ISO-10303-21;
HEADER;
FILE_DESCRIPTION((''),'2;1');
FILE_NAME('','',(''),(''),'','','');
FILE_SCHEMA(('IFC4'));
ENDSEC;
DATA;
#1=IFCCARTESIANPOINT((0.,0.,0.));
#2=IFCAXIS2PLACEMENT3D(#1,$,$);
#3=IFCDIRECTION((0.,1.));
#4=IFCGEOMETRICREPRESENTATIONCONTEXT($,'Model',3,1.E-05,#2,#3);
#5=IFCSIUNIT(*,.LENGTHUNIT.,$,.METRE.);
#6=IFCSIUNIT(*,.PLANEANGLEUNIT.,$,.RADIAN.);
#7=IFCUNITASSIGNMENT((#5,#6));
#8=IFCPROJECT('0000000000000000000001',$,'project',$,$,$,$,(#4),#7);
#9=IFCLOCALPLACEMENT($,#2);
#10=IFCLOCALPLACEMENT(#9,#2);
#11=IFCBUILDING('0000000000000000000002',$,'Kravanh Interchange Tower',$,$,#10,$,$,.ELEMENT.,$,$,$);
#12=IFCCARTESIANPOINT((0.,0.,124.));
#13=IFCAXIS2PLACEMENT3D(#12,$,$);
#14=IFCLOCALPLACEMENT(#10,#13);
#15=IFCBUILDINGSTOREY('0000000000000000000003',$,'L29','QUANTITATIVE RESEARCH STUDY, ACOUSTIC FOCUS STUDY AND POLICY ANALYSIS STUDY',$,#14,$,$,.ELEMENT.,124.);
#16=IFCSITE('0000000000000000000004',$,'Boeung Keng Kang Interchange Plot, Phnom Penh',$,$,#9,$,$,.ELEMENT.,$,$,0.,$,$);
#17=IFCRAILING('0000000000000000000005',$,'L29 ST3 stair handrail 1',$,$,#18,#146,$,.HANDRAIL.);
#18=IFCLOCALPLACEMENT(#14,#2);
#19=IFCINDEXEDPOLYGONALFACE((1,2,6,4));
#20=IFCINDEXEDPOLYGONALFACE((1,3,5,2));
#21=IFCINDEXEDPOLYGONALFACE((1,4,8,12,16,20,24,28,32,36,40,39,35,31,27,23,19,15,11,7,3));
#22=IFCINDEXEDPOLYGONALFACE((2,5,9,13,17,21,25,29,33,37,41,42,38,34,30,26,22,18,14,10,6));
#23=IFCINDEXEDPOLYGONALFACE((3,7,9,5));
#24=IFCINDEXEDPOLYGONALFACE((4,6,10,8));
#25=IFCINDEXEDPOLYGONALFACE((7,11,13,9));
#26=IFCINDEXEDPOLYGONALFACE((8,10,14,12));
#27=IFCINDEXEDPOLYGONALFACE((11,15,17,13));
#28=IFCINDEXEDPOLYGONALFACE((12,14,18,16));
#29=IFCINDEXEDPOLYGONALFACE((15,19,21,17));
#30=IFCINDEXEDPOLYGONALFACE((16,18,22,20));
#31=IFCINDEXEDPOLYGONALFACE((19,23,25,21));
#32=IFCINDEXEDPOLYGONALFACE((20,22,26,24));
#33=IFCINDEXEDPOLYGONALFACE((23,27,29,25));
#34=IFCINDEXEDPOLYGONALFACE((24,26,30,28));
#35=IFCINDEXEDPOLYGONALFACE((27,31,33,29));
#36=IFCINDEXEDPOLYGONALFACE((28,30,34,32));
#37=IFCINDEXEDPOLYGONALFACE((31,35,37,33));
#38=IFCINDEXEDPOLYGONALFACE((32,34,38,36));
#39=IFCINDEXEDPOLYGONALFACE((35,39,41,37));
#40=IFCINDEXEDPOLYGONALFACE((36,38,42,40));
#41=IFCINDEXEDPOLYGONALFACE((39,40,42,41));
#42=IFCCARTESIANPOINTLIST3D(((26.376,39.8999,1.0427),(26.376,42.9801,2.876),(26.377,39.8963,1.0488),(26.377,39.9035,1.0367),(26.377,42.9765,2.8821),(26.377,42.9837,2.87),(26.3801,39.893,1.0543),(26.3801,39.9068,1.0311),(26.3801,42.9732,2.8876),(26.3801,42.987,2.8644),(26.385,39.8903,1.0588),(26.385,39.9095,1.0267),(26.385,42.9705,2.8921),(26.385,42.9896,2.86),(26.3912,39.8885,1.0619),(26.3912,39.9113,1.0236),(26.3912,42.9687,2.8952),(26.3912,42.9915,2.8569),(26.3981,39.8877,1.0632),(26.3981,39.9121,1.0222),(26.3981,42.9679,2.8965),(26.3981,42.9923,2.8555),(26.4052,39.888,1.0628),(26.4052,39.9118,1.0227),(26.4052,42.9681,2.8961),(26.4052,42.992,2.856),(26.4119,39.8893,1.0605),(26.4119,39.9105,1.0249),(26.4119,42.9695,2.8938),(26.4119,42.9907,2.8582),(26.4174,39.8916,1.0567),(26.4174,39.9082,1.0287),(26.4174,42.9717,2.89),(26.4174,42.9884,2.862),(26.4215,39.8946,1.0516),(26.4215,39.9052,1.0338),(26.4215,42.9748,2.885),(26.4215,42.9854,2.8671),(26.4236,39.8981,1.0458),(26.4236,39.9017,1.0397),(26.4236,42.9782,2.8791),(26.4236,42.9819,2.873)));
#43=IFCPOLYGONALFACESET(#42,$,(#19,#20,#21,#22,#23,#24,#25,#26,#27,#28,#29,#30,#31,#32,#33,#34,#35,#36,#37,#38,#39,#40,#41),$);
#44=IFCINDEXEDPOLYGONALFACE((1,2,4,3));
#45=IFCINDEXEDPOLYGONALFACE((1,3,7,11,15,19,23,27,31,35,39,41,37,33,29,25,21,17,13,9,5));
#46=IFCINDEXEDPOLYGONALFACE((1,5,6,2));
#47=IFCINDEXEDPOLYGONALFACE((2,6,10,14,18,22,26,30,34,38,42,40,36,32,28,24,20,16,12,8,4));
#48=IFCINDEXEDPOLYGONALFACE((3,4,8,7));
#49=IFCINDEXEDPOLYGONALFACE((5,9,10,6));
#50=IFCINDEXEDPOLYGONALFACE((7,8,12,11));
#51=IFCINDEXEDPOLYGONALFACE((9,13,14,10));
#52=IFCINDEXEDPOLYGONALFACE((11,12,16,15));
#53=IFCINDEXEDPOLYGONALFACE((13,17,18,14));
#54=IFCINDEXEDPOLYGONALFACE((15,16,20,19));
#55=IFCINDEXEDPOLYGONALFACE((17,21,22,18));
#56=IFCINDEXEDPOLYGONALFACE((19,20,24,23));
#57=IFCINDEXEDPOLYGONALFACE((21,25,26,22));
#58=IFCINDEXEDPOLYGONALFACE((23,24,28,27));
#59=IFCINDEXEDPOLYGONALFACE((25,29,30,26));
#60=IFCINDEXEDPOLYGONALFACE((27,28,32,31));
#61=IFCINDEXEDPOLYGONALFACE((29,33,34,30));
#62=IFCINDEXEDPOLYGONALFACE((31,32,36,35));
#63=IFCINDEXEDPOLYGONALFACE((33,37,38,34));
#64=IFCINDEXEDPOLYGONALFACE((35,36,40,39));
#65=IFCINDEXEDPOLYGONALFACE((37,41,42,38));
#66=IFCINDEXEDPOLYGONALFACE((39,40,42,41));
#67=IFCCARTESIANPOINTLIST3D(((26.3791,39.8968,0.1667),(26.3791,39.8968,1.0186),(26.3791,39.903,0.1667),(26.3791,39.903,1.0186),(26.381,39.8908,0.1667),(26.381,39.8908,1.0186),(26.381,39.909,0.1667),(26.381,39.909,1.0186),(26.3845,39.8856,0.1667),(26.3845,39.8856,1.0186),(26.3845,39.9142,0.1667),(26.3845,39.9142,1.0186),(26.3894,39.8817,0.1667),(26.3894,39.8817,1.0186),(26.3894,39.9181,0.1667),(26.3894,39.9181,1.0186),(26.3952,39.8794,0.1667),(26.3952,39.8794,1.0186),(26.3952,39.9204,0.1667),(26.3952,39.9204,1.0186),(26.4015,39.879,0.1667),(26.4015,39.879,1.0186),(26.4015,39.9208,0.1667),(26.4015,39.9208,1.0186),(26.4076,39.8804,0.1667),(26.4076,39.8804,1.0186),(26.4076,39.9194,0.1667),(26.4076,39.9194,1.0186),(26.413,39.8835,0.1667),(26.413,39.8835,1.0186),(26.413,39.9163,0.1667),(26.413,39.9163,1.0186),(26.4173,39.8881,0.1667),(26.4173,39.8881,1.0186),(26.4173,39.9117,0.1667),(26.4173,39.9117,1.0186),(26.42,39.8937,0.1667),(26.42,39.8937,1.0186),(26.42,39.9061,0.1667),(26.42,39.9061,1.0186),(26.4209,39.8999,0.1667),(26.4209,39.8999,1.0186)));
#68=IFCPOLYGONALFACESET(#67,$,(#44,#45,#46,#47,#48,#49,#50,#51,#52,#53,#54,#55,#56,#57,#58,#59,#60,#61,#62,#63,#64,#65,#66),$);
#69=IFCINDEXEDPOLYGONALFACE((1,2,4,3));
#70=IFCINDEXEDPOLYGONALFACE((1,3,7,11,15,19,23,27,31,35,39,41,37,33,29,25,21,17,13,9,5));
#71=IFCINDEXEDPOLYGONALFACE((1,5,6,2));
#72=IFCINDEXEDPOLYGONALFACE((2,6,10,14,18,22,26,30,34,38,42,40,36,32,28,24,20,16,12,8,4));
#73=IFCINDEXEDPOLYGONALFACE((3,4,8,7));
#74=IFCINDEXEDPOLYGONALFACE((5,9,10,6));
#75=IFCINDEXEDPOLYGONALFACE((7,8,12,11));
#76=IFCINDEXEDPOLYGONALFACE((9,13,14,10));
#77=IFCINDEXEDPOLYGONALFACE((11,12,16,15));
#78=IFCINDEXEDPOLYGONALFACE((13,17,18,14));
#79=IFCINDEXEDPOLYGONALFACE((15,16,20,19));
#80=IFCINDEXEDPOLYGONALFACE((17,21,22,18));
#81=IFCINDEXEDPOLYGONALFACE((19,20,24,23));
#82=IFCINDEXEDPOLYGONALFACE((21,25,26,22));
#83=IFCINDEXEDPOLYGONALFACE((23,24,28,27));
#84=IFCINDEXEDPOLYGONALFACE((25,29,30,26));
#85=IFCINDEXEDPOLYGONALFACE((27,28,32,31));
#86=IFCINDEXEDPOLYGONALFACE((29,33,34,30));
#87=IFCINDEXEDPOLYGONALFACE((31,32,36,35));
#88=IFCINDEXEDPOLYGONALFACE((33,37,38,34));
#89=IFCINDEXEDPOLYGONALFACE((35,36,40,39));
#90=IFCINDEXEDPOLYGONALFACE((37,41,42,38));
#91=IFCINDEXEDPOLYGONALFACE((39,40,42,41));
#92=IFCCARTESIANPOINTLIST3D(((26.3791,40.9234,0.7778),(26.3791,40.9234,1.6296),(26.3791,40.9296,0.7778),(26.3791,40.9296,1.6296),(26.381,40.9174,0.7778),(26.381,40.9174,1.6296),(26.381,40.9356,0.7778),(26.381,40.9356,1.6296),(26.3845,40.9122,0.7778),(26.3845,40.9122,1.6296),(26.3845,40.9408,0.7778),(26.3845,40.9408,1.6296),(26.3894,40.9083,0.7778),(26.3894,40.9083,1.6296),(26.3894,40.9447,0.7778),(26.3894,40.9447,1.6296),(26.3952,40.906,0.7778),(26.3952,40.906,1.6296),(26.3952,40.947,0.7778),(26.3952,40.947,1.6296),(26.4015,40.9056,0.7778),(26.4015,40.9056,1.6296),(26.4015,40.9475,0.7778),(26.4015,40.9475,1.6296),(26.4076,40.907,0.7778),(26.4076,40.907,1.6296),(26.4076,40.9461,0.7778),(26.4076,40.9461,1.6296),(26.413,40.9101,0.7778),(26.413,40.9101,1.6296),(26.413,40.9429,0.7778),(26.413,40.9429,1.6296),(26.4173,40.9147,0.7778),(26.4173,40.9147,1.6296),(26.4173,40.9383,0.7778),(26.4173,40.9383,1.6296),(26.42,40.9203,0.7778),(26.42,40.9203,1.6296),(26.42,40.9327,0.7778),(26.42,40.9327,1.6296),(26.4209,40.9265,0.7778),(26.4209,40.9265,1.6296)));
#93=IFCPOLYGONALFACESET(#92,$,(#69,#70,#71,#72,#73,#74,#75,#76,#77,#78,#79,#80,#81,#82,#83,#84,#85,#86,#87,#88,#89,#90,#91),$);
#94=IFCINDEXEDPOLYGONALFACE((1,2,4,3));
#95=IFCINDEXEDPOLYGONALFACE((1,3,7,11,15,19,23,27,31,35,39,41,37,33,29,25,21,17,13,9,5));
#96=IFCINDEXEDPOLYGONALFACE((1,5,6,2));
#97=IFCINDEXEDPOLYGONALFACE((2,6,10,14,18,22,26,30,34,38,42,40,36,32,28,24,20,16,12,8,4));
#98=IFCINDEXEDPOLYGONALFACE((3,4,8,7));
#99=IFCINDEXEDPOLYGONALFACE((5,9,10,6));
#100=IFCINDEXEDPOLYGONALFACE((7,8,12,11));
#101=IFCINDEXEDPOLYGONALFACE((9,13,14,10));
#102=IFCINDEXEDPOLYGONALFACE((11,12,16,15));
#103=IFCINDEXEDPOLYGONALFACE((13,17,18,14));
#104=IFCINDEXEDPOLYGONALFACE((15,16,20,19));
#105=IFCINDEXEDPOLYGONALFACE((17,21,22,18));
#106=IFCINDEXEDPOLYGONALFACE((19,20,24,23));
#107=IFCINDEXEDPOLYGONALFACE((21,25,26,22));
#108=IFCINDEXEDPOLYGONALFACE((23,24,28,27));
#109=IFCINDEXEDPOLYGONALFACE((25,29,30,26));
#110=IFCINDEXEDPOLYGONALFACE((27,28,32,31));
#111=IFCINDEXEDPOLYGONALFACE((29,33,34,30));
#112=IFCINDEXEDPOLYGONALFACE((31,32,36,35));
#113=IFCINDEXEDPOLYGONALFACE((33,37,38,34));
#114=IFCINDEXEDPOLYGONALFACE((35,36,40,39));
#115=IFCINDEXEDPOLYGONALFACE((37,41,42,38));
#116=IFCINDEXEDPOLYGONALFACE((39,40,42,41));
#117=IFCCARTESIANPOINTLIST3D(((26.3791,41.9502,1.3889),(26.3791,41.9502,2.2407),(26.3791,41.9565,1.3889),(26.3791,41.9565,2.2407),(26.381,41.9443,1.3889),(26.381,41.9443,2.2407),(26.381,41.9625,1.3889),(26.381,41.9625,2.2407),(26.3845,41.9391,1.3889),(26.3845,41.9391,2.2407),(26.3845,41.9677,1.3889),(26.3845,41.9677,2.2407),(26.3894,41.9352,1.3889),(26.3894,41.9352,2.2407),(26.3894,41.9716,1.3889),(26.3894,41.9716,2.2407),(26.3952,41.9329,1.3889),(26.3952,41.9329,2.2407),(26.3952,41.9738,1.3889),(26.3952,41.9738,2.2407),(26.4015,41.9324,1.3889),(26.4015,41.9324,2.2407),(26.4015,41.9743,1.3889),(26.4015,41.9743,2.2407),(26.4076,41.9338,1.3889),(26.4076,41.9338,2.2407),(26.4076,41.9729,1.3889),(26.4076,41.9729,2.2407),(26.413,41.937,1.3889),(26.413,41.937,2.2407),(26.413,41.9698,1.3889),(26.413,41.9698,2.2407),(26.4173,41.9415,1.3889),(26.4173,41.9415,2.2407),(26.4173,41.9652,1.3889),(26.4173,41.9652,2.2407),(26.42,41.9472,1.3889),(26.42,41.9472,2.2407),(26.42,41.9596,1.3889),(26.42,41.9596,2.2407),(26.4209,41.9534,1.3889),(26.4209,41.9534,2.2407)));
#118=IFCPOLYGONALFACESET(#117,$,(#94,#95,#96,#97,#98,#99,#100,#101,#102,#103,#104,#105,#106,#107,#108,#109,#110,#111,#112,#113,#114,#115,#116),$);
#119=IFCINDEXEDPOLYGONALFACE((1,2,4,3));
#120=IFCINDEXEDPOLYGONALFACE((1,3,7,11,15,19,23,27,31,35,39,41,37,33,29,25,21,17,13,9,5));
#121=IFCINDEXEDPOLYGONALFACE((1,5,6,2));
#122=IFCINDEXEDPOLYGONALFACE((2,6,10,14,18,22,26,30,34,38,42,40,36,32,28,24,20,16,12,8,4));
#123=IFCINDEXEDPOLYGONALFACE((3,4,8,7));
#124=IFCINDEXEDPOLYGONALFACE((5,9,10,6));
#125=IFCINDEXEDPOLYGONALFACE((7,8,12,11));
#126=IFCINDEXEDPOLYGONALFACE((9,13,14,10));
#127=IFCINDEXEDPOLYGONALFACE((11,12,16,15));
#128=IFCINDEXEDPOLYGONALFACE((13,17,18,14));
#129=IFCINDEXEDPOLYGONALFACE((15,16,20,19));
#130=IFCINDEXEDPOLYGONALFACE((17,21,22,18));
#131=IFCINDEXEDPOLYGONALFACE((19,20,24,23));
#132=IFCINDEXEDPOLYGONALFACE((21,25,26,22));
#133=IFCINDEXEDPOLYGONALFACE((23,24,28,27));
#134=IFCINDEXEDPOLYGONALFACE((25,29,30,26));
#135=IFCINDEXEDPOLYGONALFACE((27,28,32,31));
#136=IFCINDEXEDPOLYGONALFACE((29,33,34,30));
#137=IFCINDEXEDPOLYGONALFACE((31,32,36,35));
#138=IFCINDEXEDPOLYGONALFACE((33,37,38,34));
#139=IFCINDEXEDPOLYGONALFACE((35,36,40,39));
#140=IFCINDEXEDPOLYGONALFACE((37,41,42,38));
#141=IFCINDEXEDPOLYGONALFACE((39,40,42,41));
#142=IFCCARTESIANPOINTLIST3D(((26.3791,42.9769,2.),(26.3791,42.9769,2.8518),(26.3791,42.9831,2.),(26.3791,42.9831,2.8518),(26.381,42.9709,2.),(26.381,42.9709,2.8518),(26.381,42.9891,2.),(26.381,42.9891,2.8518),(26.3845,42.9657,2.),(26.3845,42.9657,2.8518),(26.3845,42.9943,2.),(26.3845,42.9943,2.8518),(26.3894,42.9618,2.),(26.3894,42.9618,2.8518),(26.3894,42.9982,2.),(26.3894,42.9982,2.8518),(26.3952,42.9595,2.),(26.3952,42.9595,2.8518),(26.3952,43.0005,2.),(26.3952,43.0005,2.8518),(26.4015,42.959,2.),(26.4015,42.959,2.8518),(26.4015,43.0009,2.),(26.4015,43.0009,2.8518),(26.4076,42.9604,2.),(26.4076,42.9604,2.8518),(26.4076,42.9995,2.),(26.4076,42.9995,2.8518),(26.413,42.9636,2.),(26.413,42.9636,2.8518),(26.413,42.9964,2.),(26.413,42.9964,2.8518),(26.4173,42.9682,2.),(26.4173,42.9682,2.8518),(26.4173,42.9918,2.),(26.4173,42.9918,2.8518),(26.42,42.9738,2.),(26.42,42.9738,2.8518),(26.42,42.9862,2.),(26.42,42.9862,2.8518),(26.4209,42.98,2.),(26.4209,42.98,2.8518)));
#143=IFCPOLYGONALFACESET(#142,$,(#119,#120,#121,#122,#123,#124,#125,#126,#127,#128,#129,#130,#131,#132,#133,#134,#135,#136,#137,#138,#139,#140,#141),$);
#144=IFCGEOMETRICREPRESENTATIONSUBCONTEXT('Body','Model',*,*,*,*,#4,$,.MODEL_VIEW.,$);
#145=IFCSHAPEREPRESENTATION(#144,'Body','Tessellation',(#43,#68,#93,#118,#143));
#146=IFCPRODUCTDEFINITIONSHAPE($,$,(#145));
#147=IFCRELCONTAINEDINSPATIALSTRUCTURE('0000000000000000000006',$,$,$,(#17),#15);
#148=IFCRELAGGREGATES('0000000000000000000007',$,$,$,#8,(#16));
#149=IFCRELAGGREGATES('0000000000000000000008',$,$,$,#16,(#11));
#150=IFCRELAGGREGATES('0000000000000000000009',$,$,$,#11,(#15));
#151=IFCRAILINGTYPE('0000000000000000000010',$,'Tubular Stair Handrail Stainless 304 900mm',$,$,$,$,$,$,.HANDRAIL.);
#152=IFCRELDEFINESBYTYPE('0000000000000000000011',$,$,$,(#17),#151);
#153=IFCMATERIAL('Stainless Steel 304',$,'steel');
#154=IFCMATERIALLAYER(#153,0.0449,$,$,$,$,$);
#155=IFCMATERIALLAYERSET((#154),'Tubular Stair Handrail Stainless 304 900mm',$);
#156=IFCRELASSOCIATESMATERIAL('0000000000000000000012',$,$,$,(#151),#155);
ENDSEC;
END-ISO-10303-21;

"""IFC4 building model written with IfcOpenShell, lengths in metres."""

from ifc_helpers import new_model, si_unit, direction, frame, origin, origin_2d, place, context, subcontext, project, spatial, circle, extrude, material, layer, layer_set, type_object, element, save


model = new_model("IFC4")

# Units and contexts
model_context = context("Model", 3, precision=1e-05, world=origin(), true_north=direction((0.0, 1.0)))
body_context = subcontext(model_context, "Body", "Model", "MODEL_VIEW")
ifc_project = project(units=[si_unit("LENGTHUNIT", "METRE"), si_unit("PLANEANGLEUNIT", "RADIAN")], contexts=[model_context])

# Site, building, storey
site_placement = place(None, origin())
site = spatial("IfcSite", under=ifc_project, at=site_placement, Name="Boeung Keng Kang Interchange Plot, Phnom Penh", CompositionType="ELEMENT", RefElevation=0.0)
building_placement = place(site_placement, origin())
building = spatial("IfcBuilding", under=site, at=building_placement, Name="Kravanh Interchange Tower", CompositionType="ELEMENT")
storey_placement = place(building_placement, frame((0.0, 0.0, 124.0)))
storey = spatial("IfcBuildingStorey", under=building, at=storey_placement, Name="L29", Description="QUANTITATIVE RESEARCH STUDY, ACOUSTIC FOCUS STUDY AND POLICY ANALYSIS STUDY", CompositionType="ELEMENT", Elevation=124.0)

# Railing
ifc_material_1 = material(Name="Stainless Steel 304", Category="steel")
ifc_layer_1 = layer(ifc_material_1, 0.0449)
ifc_layer_set_1 = layer_set([ifc_layer_1], Name="Tubular Stair Handrail Stainless 304 900mm")
railing_type_1 = type_object("IfcRailingType", Name="Tubular Stair Handrail Stainless 304 900mm", PredefinedType="HANDRAIL", material=ifc_layer_set_1)
railing_1_placement = place(storey_placement, frame((26.3999, 39.8999, 0.1667)))
element("IfcRailing", 1, at=railing_1_placement, inside=storey, type_object=railing_type_1, Name="L29 ST3 stair handrail 1", PredefinedType="HANDRAIL", context=body_context, shape_type="SweptSolid", body=[
    extrude(circle(Radius=0.0239, at=origin_2d()), frame((0.0, 0.0, 0.876), z_axis=(0.0, 0.859309, 0.511458), x_axis=(-1.0, 0.0, 0.0)), (0.0, 0.0, 1.0), 3.5845),
    extrude(circle(Radius=0.021, at=origin_2d()), origin(), (0.0, 0.0, 1.0), 0.8518),
    extrude(circle(Radius=0.021, at=origin_2d()), frame((0.0, 1.0266, 0.6111)), (0.0, 0.0, 1.0), 0.8518),
    extrude(circle(Radius=0.021, at=origin_2d()), frame((0.0, 2.0535, 1.2222)), (0.0, 0.0, 1.0), 0.8518),
    extrude(circle(Radius=0.021, at=origin_2d()), frame((0.0, 3.0801, 1.8333)), (0.0, 0.0, 1.0), 0.8518),
])

save(model, "model.ifc")
